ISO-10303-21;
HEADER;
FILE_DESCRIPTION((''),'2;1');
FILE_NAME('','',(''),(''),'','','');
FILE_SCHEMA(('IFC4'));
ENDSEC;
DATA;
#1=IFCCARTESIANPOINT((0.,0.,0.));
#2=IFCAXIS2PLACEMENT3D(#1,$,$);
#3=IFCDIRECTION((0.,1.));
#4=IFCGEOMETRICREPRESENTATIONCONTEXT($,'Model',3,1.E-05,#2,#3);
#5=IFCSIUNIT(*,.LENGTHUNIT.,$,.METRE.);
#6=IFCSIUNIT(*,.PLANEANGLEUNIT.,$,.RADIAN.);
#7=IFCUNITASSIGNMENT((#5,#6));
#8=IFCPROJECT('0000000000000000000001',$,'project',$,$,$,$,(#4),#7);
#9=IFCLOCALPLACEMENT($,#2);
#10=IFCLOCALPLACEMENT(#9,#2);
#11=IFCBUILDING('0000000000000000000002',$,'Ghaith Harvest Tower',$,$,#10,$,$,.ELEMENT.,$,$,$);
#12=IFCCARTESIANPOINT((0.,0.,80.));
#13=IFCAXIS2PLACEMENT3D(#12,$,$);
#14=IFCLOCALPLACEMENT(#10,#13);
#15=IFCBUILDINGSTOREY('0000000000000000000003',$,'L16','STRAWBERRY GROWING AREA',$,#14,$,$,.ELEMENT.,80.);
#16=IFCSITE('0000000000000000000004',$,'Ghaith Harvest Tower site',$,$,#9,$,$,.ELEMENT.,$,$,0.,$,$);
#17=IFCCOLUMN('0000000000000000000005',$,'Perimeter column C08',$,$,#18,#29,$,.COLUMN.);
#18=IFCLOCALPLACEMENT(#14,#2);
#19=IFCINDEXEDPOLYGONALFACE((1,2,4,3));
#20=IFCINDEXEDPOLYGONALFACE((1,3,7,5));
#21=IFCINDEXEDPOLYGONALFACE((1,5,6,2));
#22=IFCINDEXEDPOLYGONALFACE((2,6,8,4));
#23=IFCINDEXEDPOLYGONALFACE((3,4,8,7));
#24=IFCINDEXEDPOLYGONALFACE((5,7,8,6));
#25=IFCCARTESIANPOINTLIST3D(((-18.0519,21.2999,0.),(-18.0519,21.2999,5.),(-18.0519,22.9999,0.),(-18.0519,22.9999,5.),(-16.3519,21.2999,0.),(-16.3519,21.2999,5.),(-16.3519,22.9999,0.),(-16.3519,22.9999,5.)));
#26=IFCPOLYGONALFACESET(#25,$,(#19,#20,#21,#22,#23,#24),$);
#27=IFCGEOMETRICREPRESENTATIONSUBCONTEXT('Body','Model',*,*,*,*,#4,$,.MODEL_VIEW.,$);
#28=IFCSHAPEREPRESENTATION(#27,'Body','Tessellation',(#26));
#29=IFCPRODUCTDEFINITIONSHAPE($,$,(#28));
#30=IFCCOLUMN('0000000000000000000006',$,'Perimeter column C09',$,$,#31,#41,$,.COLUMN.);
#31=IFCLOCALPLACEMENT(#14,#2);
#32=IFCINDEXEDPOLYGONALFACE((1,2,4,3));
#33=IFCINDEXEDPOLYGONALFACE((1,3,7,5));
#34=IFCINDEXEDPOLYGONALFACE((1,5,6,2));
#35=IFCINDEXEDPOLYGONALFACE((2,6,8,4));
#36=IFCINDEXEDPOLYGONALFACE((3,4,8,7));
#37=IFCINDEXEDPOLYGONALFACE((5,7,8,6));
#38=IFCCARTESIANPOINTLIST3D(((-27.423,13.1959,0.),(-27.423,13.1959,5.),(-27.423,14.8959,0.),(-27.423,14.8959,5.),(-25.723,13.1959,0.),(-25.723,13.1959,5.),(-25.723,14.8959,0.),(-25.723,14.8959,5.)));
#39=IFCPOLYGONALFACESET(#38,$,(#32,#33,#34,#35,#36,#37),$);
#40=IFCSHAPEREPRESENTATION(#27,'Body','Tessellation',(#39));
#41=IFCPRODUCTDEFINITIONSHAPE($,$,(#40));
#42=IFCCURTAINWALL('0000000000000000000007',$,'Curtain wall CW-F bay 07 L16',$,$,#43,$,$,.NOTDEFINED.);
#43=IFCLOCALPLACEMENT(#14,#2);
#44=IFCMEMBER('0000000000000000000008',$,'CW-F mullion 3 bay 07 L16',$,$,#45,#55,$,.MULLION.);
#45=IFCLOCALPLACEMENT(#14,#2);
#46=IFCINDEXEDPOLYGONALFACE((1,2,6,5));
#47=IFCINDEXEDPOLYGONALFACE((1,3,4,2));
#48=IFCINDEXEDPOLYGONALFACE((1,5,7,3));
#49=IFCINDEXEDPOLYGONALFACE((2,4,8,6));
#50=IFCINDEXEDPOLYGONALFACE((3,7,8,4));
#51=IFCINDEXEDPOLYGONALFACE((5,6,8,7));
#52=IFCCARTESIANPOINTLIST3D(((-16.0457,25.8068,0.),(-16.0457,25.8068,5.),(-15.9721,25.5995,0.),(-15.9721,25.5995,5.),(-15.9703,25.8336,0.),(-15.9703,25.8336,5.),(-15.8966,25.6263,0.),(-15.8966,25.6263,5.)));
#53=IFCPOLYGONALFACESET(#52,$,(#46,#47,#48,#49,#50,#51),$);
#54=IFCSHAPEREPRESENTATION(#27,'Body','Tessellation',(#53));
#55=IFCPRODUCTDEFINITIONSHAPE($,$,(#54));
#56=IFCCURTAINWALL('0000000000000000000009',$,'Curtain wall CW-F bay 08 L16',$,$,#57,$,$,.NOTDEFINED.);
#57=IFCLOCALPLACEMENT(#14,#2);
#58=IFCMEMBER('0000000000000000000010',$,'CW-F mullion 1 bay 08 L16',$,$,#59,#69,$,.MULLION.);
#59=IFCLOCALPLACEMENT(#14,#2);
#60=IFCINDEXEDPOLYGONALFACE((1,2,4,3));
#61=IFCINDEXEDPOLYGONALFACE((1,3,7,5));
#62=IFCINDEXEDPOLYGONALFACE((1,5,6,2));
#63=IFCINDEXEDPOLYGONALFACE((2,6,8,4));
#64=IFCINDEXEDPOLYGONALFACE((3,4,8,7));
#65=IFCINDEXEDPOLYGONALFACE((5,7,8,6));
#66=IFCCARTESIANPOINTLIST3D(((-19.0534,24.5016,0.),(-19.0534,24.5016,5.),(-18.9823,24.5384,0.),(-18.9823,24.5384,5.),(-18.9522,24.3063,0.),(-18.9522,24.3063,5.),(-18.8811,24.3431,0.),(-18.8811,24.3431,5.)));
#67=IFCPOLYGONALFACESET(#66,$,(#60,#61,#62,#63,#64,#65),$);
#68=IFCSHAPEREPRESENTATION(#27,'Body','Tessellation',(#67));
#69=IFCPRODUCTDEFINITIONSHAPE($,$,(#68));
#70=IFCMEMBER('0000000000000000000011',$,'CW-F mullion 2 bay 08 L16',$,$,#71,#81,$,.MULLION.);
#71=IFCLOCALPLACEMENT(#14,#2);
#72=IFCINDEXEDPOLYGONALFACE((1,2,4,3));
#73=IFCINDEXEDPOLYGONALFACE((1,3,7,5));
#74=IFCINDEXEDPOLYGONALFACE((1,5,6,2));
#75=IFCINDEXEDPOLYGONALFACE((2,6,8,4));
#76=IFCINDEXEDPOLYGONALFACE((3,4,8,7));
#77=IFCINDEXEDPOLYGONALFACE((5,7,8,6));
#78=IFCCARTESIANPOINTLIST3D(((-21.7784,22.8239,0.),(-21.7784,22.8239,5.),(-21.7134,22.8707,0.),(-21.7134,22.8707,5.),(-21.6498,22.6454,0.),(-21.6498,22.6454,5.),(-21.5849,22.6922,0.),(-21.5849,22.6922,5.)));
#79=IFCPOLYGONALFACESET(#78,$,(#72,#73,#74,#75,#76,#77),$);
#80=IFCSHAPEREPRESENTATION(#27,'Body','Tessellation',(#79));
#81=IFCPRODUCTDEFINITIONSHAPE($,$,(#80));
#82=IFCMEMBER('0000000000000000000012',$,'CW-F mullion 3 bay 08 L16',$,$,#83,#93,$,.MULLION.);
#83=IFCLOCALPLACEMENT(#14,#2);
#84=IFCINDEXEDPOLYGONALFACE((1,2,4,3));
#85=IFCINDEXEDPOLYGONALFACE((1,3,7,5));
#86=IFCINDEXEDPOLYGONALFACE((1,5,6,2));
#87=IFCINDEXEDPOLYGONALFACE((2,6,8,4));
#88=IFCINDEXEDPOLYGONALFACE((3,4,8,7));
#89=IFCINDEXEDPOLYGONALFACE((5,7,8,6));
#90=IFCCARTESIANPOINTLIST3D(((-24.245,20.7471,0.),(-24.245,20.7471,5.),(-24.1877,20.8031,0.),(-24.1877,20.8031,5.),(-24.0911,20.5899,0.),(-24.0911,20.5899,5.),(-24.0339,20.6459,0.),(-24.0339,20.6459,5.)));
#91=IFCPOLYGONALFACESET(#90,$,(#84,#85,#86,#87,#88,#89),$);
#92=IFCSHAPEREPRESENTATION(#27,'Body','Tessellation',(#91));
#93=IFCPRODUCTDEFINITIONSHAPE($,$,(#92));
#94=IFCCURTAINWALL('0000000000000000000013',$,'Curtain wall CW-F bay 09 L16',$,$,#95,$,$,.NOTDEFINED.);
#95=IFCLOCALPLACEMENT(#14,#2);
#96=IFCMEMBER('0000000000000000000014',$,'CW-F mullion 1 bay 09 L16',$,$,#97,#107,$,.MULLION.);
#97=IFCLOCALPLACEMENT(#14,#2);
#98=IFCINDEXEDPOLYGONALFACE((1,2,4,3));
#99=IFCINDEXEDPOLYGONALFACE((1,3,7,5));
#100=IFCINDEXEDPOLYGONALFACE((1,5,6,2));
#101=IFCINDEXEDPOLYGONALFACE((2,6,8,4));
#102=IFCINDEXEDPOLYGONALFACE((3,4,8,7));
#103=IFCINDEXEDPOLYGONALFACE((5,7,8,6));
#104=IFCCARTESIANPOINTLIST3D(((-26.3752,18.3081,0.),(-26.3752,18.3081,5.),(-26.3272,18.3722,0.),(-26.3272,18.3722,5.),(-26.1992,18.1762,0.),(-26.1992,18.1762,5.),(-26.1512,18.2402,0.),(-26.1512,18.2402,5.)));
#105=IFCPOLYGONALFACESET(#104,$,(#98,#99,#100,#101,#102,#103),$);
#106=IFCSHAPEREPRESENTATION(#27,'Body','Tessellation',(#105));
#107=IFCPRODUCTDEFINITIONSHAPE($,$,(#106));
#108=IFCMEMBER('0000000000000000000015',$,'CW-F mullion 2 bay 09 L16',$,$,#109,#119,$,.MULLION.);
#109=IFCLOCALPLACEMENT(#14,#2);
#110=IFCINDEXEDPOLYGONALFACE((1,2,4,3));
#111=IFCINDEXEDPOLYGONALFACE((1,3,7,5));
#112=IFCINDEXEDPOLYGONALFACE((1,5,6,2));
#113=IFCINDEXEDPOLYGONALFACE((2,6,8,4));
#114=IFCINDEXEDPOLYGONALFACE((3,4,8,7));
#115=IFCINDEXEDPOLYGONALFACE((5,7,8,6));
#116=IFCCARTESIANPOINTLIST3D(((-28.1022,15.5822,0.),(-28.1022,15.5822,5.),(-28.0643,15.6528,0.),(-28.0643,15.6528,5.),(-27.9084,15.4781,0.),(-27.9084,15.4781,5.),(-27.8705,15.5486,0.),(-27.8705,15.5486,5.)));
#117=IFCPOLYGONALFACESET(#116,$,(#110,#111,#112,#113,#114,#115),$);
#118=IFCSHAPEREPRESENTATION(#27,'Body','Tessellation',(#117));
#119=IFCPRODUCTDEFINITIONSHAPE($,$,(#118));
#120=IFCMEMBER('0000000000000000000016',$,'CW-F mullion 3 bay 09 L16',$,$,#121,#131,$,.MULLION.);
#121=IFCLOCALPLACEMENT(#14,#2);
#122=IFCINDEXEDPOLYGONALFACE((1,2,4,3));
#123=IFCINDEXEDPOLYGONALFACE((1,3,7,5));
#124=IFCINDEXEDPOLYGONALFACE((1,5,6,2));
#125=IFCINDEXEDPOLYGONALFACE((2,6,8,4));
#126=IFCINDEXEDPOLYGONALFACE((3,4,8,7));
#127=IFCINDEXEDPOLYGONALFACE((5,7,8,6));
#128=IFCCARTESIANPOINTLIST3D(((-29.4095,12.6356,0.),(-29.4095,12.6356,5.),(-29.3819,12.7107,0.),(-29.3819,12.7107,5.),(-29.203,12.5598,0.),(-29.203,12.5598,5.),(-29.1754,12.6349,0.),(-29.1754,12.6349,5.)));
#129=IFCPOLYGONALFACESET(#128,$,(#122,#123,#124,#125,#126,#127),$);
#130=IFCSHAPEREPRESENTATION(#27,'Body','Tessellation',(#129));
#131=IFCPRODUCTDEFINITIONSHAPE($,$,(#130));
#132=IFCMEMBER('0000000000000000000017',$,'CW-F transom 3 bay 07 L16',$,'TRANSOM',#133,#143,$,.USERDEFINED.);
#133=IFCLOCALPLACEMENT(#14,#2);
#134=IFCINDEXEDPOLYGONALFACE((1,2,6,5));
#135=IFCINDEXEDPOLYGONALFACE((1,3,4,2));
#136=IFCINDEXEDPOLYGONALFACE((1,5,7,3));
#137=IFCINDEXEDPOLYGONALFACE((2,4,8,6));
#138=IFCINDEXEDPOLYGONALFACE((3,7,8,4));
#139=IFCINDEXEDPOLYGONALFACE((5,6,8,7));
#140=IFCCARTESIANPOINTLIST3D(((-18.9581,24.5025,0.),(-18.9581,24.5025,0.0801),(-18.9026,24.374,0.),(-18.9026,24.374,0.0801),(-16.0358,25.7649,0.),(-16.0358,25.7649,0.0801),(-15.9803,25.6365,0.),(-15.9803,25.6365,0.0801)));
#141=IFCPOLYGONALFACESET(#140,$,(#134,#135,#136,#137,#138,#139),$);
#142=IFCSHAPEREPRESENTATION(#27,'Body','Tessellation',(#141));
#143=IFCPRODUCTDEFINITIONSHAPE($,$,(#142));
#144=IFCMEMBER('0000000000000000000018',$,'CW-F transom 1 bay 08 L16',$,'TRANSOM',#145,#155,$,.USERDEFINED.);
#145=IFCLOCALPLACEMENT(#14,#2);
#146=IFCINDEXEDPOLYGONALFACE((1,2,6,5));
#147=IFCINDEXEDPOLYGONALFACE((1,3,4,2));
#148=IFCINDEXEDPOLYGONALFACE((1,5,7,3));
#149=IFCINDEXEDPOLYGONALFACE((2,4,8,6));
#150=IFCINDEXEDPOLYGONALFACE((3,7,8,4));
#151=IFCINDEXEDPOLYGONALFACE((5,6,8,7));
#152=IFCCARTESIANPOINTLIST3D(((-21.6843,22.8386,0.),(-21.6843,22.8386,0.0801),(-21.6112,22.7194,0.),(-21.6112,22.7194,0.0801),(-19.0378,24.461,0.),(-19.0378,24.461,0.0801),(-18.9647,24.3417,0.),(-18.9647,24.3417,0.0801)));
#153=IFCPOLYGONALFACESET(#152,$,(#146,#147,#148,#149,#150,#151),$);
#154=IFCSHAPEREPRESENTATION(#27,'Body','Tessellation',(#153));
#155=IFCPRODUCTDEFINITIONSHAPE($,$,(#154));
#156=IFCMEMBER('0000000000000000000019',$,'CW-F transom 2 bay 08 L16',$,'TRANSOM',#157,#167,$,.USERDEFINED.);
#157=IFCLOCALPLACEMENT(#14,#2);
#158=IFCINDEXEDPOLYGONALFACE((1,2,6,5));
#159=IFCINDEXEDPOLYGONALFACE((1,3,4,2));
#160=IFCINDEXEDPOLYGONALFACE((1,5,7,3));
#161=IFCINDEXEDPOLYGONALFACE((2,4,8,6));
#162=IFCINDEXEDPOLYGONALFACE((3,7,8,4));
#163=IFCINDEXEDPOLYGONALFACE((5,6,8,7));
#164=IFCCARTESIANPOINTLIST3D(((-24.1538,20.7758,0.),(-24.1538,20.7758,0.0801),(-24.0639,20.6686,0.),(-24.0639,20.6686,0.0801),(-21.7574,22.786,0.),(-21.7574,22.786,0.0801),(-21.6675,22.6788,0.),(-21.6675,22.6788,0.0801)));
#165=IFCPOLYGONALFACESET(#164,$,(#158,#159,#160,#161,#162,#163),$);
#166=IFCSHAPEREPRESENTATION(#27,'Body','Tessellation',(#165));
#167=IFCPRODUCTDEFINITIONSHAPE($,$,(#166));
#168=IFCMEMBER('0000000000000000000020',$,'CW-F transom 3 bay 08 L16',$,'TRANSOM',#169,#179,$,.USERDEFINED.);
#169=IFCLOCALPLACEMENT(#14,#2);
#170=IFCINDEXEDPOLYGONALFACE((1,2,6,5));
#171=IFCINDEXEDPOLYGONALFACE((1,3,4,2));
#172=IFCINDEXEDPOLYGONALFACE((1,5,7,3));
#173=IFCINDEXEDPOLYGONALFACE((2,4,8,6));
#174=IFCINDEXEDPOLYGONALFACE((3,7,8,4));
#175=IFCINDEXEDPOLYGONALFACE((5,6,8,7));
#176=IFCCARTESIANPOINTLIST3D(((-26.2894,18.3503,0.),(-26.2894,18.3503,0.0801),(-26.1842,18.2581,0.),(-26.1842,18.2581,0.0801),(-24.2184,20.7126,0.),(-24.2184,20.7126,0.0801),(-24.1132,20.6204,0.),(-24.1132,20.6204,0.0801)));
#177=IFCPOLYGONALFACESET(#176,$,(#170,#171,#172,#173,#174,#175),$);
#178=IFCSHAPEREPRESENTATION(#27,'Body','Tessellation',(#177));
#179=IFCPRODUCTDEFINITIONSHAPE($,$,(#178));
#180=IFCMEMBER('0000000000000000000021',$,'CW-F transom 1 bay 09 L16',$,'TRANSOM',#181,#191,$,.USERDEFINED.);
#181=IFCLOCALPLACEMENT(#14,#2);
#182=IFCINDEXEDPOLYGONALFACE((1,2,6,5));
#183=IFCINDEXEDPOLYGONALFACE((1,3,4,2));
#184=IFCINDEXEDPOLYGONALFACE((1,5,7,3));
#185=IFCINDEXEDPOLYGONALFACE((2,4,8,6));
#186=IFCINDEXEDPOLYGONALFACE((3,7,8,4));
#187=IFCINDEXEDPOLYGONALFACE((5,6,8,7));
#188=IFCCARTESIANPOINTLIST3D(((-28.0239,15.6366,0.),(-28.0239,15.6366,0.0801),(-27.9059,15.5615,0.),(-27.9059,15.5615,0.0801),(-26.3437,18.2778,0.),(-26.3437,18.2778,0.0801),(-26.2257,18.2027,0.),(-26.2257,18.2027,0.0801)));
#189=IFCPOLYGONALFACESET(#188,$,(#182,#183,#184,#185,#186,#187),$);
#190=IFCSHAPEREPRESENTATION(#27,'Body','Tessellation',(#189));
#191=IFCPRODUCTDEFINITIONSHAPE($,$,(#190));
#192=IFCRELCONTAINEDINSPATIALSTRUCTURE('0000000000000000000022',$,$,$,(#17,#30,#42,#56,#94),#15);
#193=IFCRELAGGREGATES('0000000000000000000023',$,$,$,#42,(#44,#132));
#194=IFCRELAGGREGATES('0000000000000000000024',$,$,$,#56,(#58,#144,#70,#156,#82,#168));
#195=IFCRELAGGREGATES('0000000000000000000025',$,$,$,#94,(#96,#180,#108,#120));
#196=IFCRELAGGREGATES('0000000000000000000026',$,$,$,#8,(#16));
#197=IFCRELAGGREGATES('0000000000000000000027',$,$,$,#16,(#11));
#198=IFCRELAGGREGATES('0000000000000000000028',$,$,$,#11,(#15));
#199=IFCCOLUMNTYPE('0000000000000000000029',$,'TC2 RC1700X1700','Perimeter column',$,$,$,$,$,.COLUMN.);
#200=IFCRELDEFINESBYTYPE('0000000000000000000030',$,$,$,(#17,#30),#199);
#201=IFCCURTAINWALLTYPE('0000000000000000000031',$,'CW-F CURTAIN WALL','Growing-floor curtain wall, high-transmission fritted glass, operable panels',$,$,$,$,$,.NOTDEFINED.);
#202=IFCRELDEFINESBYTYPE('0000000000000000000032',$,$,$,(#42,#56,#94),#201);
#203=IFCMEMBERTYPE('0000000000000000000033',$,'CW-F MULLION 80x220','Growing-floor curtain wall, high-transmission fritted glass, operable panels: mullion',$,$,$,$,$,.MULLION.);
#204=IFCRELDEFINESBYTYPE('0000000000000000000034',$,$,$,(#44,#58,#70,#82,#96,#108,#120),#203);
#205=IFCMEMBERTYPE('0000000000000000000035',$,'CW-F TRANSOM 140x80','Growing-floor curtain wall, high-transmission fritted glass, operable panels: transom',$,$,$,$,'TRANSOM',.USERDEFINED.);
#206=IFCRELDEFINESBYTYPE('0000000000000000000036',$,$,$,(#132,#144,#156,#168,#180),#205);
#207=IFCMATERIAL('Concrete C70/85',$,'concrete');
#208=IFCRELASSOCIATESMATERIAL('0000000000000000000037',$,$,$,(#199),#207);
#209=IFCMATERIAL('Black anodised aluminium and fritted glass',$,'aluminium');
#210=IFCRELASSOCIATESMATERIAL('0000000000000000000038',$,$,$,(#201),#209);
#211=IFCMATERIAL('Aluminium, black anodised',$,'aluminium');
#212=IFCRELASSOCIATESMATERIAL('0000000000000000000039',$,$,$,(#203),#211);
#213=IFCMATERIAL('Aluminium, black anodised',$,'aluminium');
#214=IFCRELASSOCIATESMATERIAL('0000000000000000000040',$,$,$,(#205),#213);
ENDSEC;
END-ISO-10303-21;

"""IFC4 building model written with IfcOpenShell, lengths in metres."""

from ifc_helpers import new_model, si_unit, direction, frame, origin, origin_2d, place, context, subcontext, project, spatial, rectangle, extrude, material, material_profile, profile_set, type_object, element, aggregate, save


model = new_model("IFC4")

# Units and contexts
model_context = context("Model", 3, precision=1e-05, world=origin(), true_north=direction((0.0, 1.0)))
body_context = subcontext(model_context, "Body", "Model", "MODEL_VIEW")
ifc_project = project(units=[si_unit("LENGTHUNIT", "METRE"), si_unit("PLANEANGLEUNIT", "RADIAN")], contexts=[model_context])

# Site, building, storey
site_placement = place(None, origin())
site = spatial("IfcSite", under=ifc_project, at=site_placement, Name="Ghaith Harvest Tower site", CompositionType="ELEMENT", RefElevation=0.0)
building_placement = place(site_placement, origin())
building = spatial("IfcBuilding", under=site, at=building_placement, Name="Ghaith Harvest Tower", CompositionType="ELEMENT")
storey_placement = place(building_placement, frame((0.0, 0.0, 80.0)))
storey = spatial("IfcBuildingStorey", under=building, at=storey_placement, Name="L16", Description="STRAWBERRY GROWING AREA", CompositionType="ELEMENT", Elevation=80.0)

# Columns
ifc_material_1 = material(Name="Concrete C70/85", Category="concrete")
ifc_material_profile_1 = material_profile(ifc_material_1, rectangle(XDim=1.7, YDim=1.7, at=origin_2d()), Name="RC1700X1700")
ifc_profile_set_1 = profile_set([ifc_material_profile_1], Name="Concrete C70/85")
column_type = type_object("IfcColumnType", Name="TC2 RC1700X1700", Description="Perimeter column", PredefinedType="COLUMN", material=ifc_profile_set_1)
for number, where, z_axis, x_axis, name in (
    (1, (-17.2019, 22.1499, 0.0), (0.0, 0.0, 1.0), (1.0, 0.0, 0.0), "Perimeter column C08"),
    (2, (-26.573, 14.0459, 0.0), (0.0, 0.0, 1.0), (1.0, 0.0, 0.0), "Perimeter column C09"),
):
    element("IfcColumn", number, at=place(storey_placement, frame(where, z_axis=z_axis, x_axis=x_axis)), inside=storey, type_object=column_type, Name=name, PredefinedType="COLUMN", context=body_context, shape_type="SweptSolid", body=[
        extrude(rectangle(XDim=1.7, YDim=1.7, at=origin_2d()), origin(), (0.0, 0.0, 1.0), 5.0),
    ])

# Curtain wall, member
ifc_material_2 = material(Name="Black anodised aluminium and fritted glass", Category="aluminium")
curtain_wall_type = type_object("IfcCurtainWallType", Name="CW-F CURTAIN WALL", Description="Growing-floor curtain wall, high-transmission fritted glass, operable panels", PredefinedType="NOTDEFINED", material=ifc_material_2)
curtain_wall_1_placement = place(storey_placement, origin())
curtain_wall_1 = element("IfcCurtainWall", 3, at=curtain_wall_1_placement, inside=storey, type_object=curtain_wall_type, Name="Curtain wall CW-F bay 07 L16", PredefinedType="NOTDEFINED")
ifc_material_3 = material(Name="Aluminium, black anodised", Category="aluminium")
ifc_material_profile_2 = material_profile(ifc_material_3, rectangle(XDim=0.0801, YDim=0.22, at=origin_2d()), Name="CW-F MULLION 80x220")
ifc_profile_set_2 = profile_set([ifc_material_profile_2], Name="Aluminium, black anodised")
member_type_1 = type_object("IfcMemberType", Name="CW-F MULLION 80x220", Description="Growing-floor curtain wall, high-transmission fritted glass, operable panels: mullion", PredefinedType="MULLION", material=ifc_profile_set_2)
member_1_placement = place(storey_placement, frame((-15.9712, 25.7166, 0.0), z_axis=(0.0, 0.0, 1.0), x_axis=(-0.942294, -0.334788, 0.0)))
member_1 = element("IfcMember", 4, at=member_1_placement, type_object=member_type_1, Name="CW-F mullion 3 bay 07 L16", PredefinedType="MULLION", context=body_context, shape_type="SweptSolid", body=[
    extrude(rectangle(XDim=0.0801, YDim=0.22, at=origin_2d()), origin(), (0.0, 0.0, 1.0), 5.0),
])

# Curtain walls, members
curtain_wall_2_placement = place(storey_placement, origin())
curtain_wall_2 = element("IfcCurtainWall", 5, at=curtain_wall_2_placement, inside=storey, type_object=curtain_wall_type, Name="Curtain wall CW-F bay 08 L16", PredefinedType="NOTDEFINED")
member_2_placement = place(storey_placement, frame((-18.9673, 24.4224, 0.0), z_axis=(0.0, 0.0, 1.0), x_axis=(-0.887912, -0.460013, 0.0)))
member_2 = element("IfcMember", 6, at=member_2_placement, type_object=member_type_1, Name="CW-F mullion 1 bay 08 L16", PredefinedType="MULLION", context=body_context, shape_type="SweptSolid", body=[
    extrude(rectangle(XDim=0.0801, YDim=0.22, at=origin_2d()), origin(), (0.0, 0.0, 1.0), 5.0),
])
member_3_placement = place(storey_placement, frame((-21.6816, 22.7581, 0.0), z_axis=(0.0, 0.0, 1.0), x_axis=(-0.811401, -0.58449, 0.0)))
member_3 = element("IfcMember", 7, at=member_3_placement, type_object=member_type_1, Name="CW-F mullion 2 bay 08 L16", PredefinedType="MULLION", context=body_context, shape_type="SweptSolid", body=[
    extrude(rectangle(XDim=0.0801, YDim=0.22, at=origin_2d()), origin(), (0.0, 0.0, 1.0), 5.0),
])
member_4_placement = place(storey_placement, frame((-24.1394, 20.6965, 0.0), z_axis=(0.0, 0.0, 1.0), x_axis=(-0.714663, -0.699469, 0.0)))
member_4 = element("IfcMember", 8, at=member_4_placement, type_object=member_type_1, Name="CW-F mullion 3 bay 08 L16", PredefinedType="MULLION", context=body_context, shape_type="SweptSolid", body=[
    extrude(rectangle(XDim=0.0801, YDim=0.22, at=origin_2d()), origin(), (0.0, 0.0, 1.0), 5.0),
])
curtain_wall_3_placement = place(storey_placement, origin())
curtain_wall_3 = element("IfcCurtainWall", 9, at=curtain_wall_3_placement, inside=storey, type_object=curtain_wall_type, Name="Curtain wall CW-F bay 09 L16", PredefinedType="NOTDEFINED")
member_5_placement = place(storey_placement, frame((-26.2632, 18.2742, 0.0), z_axis=(0.0, 0.0, 1.0), x_axis=(-0.599862, -0.800104, 0.0)))
member_5 = element("IfcMember", 10, at=member_5_placement, type_object=member_type_1, Name="CW-F mullion 1 bay 09 L16", PredefinedType="MULLION", context=body_context, shape_type="SweptSolid", body=[
    extrude(rectangle(XDim=0.0801, YDim=0.22, at=origin_2d()), origin(), (0.0, 0.0, 1.0), 5.0),
])
member_6_placement = place(storey_placement, frame((-27.9863, 15.5654, 0.0), z_axis=(0.0, 0.0, 1.0), x_axis=(-0.473265, -0.88092, 0.0)))
member_6 = element("IfcMember", 11, at=member_6_placement, type_object=member_type_1, Name="CW-F mullion 2 bay 09 L16", PredefinedType="MULLION", context=body_context, shape_type="SweptSolid", body=[
    extrude(rectangle(XDim=0.0801, YDim=0.22, at=origin_2d()), origin(), (0.0, 0.0, 1.0), 5.0),
])
member_7_placement = place(storey_placement, frame((-29.2925, 12.6353, 0.0), z_axis=(0.0, 0.0, 1.0), x_axis=(-0.344618, -0.938743, 0.0)))
member_7 = element("IfcMember", 12, at=member_7_placement, type_object=member_type_1, Name="CW-F mullion 3 bay 09 L16", PredefinedType="MULLION", context=body_context, shape_type="SweptSolid", body=[
    extrude(rectangle(XDim=0.0801, YDim=0.22, at=origin_2d()), origin(), (0.0, 0.0, 1.0), 5.0),
])

# Members
ifc_material_4 = material(Name="Aluminium, black anodised", Category="aluminium")
ifc_material_profile_3 = material_profile(ifc_material_4, rectangle(XDim=0.1399, YDim=0.0801, at=origin_2d()), Name="CW-F TRANSOM 140x80")
ifc_profile_set_3 = profile_set([ifc_material_profile_3], Name="Aluminium, black anodised")
member_type_2 = type_object("IfcMemberType", Name="CW-F TRANSOM 140x80", Description="Growing-floor curtain wall, high-transmission fritted glass, operable panels: transom", ElementType="TRANSOM", PredefinedType="USERDEFINED", material=ifc_profile_set_3)
member_8_placement = place(storey_placement, frame((-16.0081, 25.7007, 0.04), z_axis=(-0.918003, -0.396574, 0.0), x_axis=(0.396574, -0.918003, 0.0)))
member_8 = element("IfcMember", 13, at=member_8_placement, type_object=member_type_2, Name="CW-F transom 3 bay 07 L16", ObjectType="TRANSOM", PredefinedType="USERDEFINED", context=body_context, shape_type="SweptSolid", body=[
    extrude(rectangle(XDim=0.1399, YDim=0.0801, at=origin_2d()), origin(), (0.0, 0.0, 1.0), 3.1833),
])
member_9_placement = place(storey_placement, frame((-19.0012, 24.4014, 0.04), z_axis=(-0.852562, -0.522627, 0.0), x_axis=(0.522627, -0.852562, 0.0)))
member_9 = element("IfcMember", 14, at=member_9_placement, type_object=member_type_2, Name="CW-F transom 1 bay 08 L16", ObjectType="TRANSOM", PredefinedType="USERDEFINED", context=body_context, shape_type="SweptSolid", body=[
    extrude(rectangle(XDim=0.1399, YDim=0.0801, at=origin_2d()), origin(), (0.0, 0.0, 1.0), 3.1042),
])
member_10_placement = place(storey_placement, frame((-21.7124, 22.7324, 0.04), z_axis=(-0.766144, -0.642668, 0.0), x_axis=(0.642668, -0.766144, 0.0)))
member_10 = element("IfcMember", 15, at=member_10_placement, type_object=member_type_2, Name="CW-F transom 2 bay 08 L16", ObjectType="TRANSOM", PredefinedType="USERDEFINED", context=body_context, shape_type="SweptSolid", body=[
    extrude(rectangle(XDim=0.1399, YDim=0.0801, at=origin_2d()), origin(), (0.0, 0.0, 1.0), 3.1279),
])
member_11_placement = place(storey_placement, frame((-24.1658, 20.6665, 0.04), z_axis=(-0.659231, -0.751941, 0.0), x_axis=(0.751941, -0.659231, 0.0)))
member_11 = element("IfcMember", 16, at=member_11_placement, type_object=member_type_2, Name="CW-F transom 3 bay 08 L16", ObjectType="TRANSOM", PredefinedType="USERDEFINED", context=body_context, shape_type="SweptSolid", body=[
    extrude(rectangle(XDim=0.1399, YDim=0.0801, at=origin_2d()), origin(), (0.0, 0.0, 1.0), 3.1416),
])
member_12_placement = place(storey_placement, frame((-26.2847, 18.2402, 0.04), z_axis=(-0.536754, -0.843739, 0.0), x_axis=(0.843739, -0.536754, 0.0)))
member_12 = element("IfcMember", 17, at=member_12_placement, type_object=member_type_2, Name="CW-F transom 1 bay 09 L16", ObjectType="TRANSOM", PredefinedType="USERDEFINED", context=body_context, shape_type="SweptSolid", body=[
    extrude(rectangle(XDim=0.1399, YDim=0.0801, at=origin_2d()), origin(), (0.0, 0.0, 1.0), 3.1304),
])

aggregate(curtain_wall_1, [member_1, member_8])
aggregate(curtain_wall_2, [member_2, member_9, member_3, member_10, member_4, member_11])
aggregate(curtain_wall_3, [member_5, member_12, member_6, member_7])

save(model, "model.ifc")
